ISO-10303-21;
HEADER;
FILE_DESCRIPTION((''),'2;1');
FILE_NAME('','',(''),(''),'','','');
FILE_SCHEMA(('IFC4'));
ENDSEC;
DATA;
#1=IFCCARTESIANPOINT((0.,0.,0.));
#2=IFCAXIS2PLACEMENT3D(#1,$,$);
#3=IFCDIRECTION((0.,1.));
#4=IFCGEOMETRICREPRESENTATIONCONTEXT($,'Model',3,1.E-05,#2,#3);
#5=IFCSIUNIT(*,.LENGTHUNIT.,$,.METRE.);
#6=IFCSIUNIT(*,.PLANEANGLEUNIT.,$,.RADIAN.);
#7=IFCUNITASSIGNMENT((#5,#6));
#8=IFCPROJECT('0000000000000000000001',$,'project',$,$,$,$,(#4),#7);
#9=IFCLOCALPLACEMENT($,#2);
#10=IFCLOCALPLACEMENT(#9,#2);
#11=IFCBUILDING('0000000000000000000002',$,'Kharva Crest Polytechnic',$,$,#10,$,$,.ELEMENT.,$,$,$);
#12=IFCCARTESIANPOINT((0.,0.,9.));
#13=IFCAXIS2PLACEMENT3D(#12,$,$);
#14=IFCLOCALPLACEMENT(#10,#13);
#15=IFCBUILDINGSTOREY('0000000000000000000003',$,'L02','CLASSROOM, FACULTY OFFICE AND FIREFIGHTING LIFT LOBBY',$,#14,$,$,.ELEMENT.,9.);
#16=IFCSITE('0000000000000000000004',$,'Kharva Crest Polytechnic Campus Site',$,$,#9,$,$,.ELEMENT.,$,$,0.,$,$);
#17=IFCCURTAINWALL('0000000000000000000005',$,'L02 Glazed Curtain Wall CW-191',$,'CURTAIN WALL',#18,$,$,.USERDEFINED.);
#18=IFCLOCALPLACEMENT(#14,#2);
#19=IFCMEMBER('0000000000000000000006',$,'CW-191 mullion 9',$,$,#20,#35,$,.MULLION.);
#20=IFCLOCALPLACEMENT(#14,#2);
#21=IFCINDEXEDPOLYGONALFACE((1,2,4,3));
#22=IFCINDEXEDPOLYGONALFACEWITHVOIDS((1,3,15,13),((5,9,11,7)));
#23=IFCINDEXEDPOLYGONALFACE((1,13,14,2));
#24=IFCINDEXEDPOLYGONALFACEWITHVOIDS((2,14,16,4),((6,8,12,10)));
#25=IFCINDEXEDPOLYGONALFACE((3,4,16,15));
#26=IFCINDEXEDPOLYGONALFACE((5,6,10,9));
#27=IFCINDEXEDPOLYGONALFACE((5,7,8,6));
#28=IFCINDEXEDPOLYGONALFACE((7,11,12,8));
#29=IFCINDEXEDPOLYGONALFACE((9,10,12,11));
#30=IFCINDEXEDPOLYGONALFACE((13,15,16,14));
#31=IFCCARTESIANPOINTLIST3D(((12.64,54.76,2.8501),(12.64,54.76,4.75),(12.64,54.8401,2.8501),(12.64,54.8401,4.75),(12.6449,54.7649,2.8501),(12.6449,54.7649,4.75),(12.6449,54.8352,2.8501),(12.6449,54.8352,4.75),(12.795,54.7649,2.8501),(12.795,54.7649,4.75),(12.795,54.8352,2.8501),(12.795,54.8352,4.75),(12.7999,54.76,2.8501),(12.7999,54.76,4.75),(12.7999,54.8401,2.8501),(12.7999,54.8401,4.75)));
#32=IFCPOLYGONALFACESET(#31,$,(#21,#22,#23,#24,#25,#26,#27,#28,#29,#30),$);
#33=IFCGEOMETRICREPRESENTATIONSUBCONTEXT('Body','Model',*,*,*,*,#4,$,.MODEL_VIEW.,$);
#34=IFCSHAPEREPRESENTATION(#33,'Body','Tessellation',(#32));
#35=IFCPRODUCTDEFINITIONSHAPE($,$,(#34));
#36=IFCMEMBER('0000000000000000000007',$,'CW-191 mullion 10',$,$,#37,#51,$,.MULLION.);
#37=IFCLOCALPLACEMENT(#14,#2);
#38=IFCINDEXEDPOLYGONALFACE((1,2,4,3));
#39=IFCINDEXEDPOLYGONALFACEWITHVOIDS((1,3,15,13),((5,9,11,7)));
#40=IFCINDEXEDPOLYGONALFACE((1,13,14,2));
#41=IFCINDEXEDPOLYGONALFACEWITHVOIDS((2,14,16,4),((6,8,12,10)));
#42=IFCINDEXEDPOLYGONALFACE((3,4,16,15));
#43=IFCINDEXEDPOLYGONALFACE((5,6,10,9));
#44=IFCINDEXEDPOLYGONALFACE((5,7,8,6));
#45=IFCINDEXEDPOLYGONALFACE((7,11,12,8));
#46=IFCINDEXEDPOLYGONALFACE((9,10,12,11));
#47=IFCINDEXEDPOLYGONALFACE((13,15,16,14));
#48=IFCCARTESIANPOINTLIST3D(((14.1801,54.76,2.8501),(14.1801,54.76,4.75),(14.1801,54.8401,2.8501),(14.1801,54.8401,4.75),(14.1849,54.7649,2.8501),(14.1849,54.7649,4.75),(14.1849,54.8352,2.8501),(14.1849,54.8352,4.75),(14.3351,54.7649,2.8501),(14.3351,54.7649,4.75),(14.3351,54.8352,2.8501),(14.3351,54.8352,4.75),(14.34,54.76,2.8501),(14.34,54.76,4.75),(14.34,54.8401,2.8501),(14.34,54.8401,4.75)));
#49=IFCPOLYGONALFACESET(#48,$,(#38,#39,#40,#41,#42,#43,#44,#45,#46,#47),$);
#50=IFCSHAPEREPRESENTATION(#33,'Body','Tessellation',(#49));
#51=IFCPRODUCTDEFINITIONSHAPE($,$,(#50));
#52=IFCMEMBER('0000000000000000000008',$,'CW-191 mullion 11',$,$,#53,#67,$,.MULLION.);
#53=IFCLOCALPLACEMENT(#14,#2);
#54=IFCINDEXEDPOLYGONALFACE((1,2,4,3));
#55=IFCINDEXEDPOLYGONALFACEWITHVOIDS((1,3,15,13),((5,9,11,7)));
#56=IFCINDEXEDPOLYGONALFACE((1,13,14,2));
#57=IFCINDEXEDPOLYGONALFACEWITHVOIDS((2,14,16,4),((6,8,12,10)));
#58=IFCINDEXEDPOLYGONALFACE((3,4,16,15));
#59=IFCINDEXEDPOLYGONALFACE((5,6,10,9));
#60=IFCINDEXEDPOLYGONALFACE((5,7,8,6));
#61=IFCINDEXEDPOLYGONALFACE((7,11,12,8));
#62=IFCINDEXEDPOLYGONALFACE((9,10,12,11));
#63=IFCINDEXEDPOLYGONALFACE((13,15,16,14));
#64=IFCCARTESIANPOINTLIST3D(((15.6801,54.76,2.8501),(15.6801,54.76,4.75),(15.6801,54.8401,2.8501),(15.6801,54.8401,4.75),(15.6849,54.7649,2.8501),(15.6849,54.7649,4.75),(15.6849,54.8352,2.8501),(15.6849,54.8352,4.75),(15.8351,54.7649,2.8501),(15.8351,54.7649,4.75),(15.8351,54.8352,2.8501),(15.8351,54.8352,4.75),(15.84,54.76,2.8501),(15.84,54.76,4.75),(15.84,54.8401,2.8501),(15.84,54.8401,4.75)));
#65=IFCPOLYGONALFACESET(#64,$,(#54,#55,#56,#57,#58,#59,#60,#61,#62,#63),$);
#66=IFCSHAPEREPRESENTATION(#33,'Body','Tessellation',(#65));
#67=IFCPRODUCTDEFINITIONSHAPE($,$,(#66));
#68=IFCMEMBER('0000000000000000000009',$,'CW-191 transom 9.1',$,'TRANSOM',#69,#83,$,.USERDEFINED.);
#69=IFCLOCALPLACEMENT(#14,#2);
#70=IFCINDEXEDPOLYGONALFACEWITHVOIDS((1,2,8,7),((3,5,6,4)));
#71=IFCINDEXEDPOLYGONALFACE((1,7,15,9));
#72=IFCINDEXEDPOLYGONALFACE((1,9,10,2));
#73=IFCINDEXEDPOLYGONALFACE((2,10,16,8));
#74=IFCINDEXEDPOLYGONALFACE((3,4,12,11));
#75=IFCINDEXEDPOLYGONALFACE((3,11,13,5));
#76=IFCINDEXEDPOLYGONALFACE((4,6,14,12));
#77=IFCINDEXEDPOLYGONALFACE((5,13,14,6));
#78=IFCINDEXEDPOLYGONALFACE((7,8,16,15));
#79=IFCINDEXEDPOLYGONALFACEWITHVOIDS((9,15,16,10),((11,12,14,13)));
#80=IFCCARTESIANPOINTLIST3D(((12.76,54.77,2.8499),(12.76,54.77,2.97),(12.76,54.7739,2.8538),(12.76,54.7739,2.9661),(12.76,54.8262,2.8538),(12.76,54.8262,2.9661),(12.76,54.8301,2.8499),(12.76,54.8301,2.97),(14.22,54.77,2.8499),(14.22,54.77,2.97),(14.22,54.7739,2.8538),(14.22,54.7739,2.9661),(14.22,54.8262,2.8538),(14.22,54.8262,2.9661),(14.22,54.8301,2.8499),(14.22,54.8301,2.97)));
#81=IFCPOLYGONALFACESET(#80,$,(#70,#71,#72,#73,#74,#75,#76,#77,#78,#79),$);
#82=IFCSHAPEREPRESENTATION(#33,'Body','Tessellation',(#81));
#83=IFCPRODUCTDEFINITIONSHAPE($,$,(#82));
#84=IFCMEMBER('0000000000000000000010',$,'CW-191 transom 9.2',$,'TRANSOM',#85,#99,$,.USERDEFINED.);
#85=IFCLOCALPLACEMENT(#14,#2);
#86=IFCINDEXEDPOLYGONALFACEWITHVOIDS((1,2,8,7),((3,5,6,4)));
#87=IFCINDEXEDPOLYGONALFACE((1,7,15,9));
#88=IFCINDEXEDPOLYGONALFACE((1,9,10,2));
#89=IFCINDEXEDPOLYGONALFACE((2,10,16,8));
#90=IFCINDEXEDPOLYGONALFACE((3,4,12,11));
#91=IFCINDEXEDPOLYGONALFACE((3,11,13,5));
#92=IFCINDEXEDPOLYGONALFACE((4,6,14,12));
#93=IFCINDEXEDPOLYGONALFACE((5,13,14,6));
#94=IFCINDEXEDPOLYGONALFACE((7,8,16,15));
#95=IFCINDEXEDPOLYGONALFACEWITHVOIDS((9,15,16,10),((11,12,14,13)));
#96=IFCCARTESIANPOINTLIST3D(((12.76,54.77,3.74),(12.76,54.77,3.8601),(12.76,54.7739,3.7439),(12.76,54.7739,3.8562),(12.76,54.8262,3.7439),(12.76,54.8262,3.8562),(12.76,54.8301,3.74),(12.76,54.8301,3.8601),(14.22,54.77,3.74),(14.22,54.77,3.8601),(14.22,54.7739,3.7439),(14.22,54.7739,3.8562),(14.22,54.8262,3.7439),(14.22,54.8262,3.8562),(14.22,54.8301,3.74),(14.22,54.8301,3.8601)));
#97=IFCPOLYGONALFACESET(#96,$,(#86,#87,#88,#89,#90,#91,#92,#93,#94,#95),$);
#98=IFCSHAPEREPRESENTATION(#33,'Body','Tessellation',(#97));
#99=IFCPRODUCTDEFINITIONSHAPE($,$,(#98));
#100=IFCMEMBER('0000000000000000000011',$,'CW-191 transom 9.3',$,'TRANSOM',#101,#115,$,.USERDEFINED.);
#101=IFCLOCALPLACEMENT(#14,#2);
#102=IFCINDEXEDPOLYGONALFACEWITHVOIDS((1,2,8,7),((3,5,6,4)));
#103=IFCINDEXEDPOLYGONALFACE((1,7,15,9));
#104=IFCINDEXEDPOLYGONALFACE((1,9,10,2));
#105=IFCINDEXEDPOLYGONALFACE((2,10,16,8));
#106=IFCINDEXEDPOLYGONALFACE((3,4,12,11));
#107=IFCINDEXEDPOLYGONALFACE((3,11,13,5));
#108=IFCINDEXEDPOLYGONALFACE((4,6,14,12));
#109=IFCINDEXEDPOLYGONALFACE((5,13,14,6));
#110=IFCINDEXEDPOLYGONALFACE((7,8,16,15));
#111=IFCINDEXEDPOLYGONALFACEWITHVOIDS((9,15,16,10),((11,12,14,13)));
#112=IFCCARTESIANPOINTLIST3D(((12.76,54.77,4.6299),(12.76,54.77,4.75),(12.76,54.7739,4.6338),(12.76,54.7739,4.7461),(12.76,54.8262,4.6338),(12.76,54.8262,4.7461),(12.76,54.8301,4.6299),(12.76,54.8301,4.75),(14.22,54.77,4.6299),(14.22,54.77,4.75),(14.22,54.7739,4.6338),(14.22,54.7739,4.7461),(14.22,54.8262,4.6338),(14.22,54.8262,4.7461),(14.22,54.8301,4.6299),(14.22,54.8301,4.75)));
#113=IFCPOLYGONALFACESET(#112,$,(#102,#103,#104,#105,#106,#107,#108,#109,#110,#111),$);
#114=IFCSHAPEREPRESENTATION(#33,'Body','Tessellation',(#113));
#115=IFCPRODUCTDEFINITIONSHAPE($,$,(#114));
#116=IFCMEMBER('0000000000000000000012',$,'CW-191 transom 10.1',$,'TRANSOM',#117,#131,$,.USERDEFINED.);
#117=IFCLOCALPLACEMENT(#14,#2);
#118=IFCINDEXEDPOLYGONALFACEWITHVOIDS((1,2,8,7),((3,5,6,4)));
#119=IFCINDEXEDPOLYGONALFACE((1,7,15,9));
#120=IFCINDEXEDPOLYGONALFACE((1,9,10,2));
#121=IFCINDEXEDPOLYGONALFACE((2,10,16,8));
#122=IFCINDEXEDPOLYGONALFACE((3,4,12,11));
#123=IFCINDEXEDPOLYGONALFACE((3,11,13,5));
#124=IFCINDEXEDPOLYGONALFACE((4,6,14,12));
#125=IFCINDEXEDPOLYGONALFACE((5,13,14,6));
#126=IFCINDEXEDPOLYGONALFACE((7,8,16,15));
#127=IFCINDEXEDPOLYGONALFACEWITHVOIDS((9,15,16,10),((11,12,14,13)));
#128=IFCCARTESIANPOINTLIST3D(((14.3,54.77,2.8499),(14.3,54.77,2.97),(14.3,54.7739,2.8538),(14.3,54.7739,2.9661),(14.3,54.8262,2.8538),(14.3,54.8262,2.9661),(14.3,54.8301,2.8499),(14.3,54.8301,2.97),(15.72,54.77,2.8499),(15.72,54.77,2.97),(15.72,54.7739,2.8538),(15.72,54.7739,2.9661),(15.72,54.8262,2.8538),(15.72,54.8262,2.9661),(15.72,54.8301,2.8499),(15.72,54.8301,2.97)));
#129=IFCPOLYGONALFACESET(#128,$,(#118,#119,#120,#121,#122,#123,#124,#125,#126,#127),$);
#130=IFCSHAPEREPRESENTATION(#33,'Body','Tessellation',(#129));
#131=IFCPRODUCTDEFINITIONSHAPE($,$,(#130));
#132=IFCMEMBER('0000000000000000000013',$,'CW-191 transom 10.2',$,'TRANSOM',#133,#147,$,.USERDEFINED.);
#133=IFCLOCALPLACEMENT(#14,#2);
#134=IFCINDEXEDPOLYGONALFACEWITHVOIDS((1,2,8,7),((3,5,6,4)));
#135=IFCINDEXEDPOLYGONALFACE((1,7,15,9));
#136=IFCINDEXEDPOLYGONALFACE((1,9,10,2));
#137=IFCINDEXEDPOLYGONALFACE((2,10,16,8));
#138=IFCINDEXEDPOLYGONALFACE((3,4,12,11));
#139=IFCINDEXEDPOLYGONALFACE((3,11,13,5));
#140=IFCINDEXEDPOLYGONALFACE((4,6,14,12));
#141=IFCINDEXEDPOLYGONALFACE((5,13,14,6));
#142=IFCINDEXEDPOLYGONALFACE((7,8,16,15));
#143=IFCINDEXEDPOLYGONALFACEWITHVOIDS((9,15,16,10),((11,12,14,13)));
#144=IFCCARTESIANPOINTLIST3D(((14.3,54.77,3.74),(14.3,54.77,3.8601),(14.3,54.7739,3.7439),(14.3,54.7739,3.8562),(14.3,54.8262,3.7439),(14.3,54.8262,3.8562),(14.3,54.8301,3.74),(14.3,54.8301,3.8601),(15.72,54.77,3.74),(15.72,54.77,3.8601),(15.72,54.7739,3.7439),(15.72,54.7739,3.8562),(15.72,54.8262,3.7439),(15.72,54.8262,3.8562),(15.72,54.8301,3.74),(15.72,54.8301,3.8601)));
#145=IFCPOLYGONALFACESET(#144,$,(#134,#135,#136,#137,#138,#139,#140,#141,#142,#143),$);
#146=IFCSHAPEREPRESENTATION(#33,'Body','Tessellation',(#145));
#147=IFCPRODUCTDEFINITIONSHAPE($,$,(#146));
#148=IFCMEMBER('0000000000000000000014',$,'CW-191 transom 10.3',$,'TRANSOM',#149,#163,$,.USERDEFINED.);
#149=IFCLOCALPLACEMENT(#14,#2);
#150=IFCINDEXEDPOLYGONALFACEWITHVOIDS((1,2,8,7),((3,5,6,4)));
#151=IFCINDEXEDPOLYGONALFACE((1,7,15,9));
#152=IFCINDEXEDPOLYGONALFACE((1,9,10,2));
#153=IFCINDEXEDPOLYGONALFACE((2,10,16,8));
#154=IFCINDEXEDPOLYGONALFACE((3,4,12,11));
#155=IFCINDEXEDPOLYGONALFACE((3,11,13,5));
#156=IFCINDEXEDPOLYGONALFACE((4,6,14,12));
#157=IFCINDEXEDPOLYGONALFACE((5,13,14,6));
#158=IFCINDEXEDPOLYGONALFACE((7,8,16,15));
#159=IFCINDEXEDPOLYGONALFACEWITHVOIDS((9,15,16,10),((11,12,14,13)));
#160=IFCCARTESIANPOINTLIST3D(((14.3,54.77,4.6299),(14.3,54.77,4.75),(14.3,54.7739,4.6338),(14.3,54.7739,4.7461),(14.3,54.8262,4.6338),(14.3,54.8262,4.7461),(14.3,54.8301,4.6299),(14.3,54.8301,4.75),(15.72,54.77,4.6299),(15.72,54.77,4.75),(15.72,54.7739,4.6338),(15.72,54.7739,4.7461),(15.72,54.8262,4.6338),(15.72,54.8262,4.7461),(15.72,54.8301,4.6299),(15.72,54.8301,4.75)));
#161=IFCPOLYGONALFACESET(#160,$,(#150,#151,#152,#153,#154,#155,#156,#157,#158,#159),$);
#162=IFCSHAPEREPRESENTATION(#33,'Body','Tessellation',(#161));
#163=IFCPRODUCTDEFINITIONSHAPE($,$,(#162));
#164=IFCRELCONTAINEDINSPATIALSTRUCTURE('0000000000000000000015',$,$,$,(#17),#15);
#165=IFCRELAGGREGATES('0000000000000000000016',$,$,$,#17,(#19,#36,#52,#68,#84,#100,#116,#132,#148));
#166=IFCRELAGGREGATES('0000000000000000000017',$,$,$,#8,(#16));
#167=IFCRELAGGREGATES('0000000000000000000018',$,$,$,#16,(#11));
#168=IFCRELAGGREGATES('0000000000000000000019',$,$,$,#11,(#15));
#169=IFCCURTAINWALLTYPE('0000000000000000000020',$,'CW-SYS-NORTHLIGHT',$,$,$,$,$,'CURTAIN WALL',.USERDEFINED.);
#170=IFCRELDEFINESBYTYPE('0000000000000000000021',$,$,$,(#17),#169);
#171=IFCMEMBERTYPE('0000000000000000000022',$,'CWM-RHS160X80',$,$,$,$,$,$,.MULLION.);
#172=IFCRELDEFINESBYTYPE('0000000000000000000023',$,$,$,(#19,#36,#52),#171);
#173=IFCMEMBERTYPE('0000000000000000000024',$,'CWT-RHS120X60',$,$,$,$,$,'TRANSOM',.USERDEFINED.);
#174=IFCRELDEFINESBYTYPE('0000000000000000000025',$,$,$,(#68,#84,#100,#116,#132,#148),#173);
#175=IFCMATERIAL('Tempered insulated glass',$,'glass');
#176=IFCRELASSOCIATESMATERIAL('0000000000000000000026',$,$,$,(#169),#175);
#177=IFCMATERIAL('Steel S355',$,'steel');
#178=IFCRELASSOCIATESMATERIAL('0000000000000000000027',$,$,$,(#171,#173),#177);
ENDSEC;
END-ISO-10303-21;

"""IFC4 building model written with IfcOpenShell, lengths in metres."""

from ifc_helpers import new_model, si_unit, direction, frame, origin, origin_2d, place, context, subcontext, project, spatial, hollow_rectangle, extrude, material, material_profile, profile_set, type_object, element, aggregate, save


model = new_model("IFC4")

# Units and contexts
model_context = context("Model", 3, precision=1e-05, world=origin(), true_north=direction((0.0, 1.0)))
body_context = subcontext(model_context, "Body", "Model", "MODEL_VIEW")
ifc_project = project(units=[si_unit("LENGTHUNIT", "METRE"), si_unit("PLANEANGLEUNIT", "RADIAN")], contexts=[model_context])

# Site, building, storey
site_placement = place(None, origin())
site = spatial("IfcSite", under=ifc_project, at=site_placement, Name="Kharva Crest Polytechnic Campus Site", CompositionType="ELEMENT", RefElevation=0.0)
building_placement = place(site_placement, origin())
building = spatial("IfcBuilding", under=site, at=building_placement, Name="Kharva Crest Polytechnic", CompositionType="ELEMENT")
storey_placement = place(building_placement, frame((0.0, 0.0, 9.0)))
storey = spatial("IfcBuildingStorey", under=building, at=storey_placement, Name="L02", Description="CLASSROOM, FACULTY OFFICE AND FIREFIGHTING LIFT LOBBY", CompositionType="ELEMENT", Elevation=9.0)

# Curtain wall, members
ifc_material_1 = material(Name="Tempered insulated glass", Category="glass")
curtain_wall_type = type_object("IfcCurtainWallType", Name="CW-SYS-NORTHLIGHT", ElementType="CURTAIN WALL", PredefinedType="USERDEFINED", material=ifc_material_1)
curtain_wall_placement = place(storey_placement, origin())
curtain_wall = element("IfcCurtainWall", 1, at=curtain_wall_placement, inside=storey, type_object=curtain_wall_type, Name="L02 Glazed Curtain Wall CW-191", ObjectType="CURTAIN WALL", PredefinedType="USERDEFINED")
ifc_material_2 = material(Name="Steel S355", Category="steel")
ifc_material_profile_1 = material_profile(ifc_material_2, hollow_rectangle(XDim=0.0801, YDim=0.1599, WallThickness=0.0049, at=origin_2d()), Name="RHS 160X80X5.0")
ifc_profile_set_1 = profile_set([ifc_material_profile_1], Name="Steel S355")
member_type_1 = type_object("IfcMemberType", Name="CWM-RHS160X80", PredefinedType="MULLION", material=ifc_profile_set_1)
member_1_placement = place(storey_placement, frame((12.72, 54.8, 2.8501), z_axis=(0.0, 0.0, 1.0), x_axis=(0.0, 1.0, 0.0)))
member_1 = element("IfcMember", 2, at=member_1_placement, type_object=member_type_1, Name="CW-191 mullion 9", PredefinedType="MULLION", context=body_context, shape_type="SweptSolid", body=[
    extrude(hollow_rectangle(XDim=0.0801, YDim=0.1599, WallThickness=0.0049, at=origin_2d()), origin(), (0.0, 0.0, 1.0), 1.8999),
])
member_2_placement = place(storey_placement, frame((14.26, 54.8, 2.8501), z_axis=(0.0, 0.0, 1.0), x_axis=(0.0, 1.0, 0.0)))
member_2 = element("IfcMember", 3, at=member_2_placement, type_object=member_type_1, Name="CW-191 mullion 10", PredefinedType="MULLION", context=body_context, shape_type="SweptSolid", body=[
    extrude(hollow_rectangle(XDim=0.0801, YDim=0.1599, WallThickness=0.0049, at=origin_2d()), origin(), (0.0, 0.0, 1.0), 1.8999),
])
member_3_placement = place(storey_placement, frame((15.76, 54.8, 2.8501), z_axis=(0.0, 0.0, 1.0), x_axis=(0.0, 1.0, 0.0)))
member_3 = element("IfcMember", 4, at=member_3_placement, type_object=member_type_1, Name="CW-191 mullion 11", PredefinedType="MULLION", context=body_context, shape_type="SweptSolid", body=[
    extrude(hollow_rectangle(XDim=0.0801, YDim=0.1599, WallThickness=0.0049, at=origin_2d()), origin(), (0.0, 0.0, 1.0), 1.8999),
])
ifc_material_profile_2 = material_profile(ifc_material_2, hollow_rectangle(XDim=0.0601, YDim=0.1201, WallThickness=0.0039, at=origin_2d()), Name="RHS 120X60X4.0")
ifc_profile_set_2 = profile_set([ifc_material_profile_2], Name="Steel S355")
member_type_2 = type_object("IfcMemberType", Name="CWT-RHS120X60", ElementType="TRANSOM", PredefinedType="USERDEFINED", material=ifc_profile_set_2)
member_4_placement = place(storey_placement, frame((12.76, 54.8, 2.9099), z_axis=(1.0, 0.0, 0.0), x_axis=(0.0, 1.0, 0.0)))
member_4 = element("IfcMember", 5, at=member_4_placement, type_object=member_type_2, Name="CW-191 transom 9.1", ObjectType="TRANSOM", PredefinedType="USERDEFINED", context=body_context, shape_type="SweptSolid", body=[
    extrude(hollow_rectangle(XDim=0.0601, YDim=0.1201, WallThickness=0.0039, at=origin_2d()), origin(), (0.0, 0.0, 1.0), 1.46),
])
member_5_placement = place(storey_placement, frame((12.76, 54.8, 3.8), z_axis=(1.0, 0.0, 0.0), x_axis=(0.0, 1.0, 0.0)))
member_5 = element("IfcMember", 6, at=member_5_placement, type_object=member_type_2, Name="CW-191 transom 9.2", ObjectType="TRANSOM", PredefinedType="USERDEFINED", context=body_context, shape_type="SweptSolid", body=[
    extrude(hollow_rectangle(XDim=0.0601, YDim=0.1201, WallThickness=0.0039, at=origin_2d()), origin(), (0.0, 0.0, 1.0), 1.46),
])
member_6_placement = place(storey_placement, frame((12.76, 54.8, 4.6899), z_axis=(1.0, 0.0, 0.0), x_axis=(0.0, 1.0, 0.0)))
member_6 = element("IfcMember", 7, at=member_6_placement, type_object=member_type_2, Name="CW-191 transom 9.3", ObjectType="TRANSOM", PredefinedType="USERDEFINED", context=body_context, shape_type="SweptSolid", body=[
    extrude(hollow_rectangle(XDim=0.0601, YDim=0.1201, WallThickness=0.0039, at=origin_2d()), origin(), (0.0, 0.0, 1.0), 1.46),
])
member_7_placement = place(storey_placement, frame((14.3, 54.8, 2.9099), z_axis=(1.0, 0.0, 0.0), x_axis=(0.0, 1.0, 0.0)))
member_7 = element("IfcMember", 8, at=member_7_placement, type_object=member_type_2, Name="CW-191 transom 10.1", ObjectType="TRANSOM", PredefinedType="USERDEFINED", context=body_context, shape_type="SweptSolid", body=[
    extrude(hollow_rectangle(XDim=0.0601, YDim=0.1201, WallThickness=0.0039, at=origin_2d()), origin(), (0.0, 0.0, 1.0), 1.4199),
])
member_8_placement = place(storey_placement, frame((14.3, 54.8, 3.8), z_axis=(1.0, 0.0, 0.0), x_axis=(0.0, 1.0, 0.0)))
member_8 = element("IfcMember", 9, at=member_8_placement, type_object=member_type_2, Name="CW-191 transom 10.2", ObjectType="TRANSOM", PredefinedType="USERDEFINED", context=body_context, shape_type="SweptSolid", body=[
    extrude(hollow_rectangle(XDim=0.0601, YDim=0.1201, WallThickness=0.0039, at=origin_2d()), origin(), (0.0, 0.0, 1.0), 1.4199),
])
member_9_placement = place(storey_placement, frame((14.3, 54.8, 4.6899), z_axis=(1.0, 0.0, 0.0), x_axis=(0.0, 1.0, 0.0)))
member_9 = element("IfcMember", 10, at=member_9_placement, type_object=member_type_2, Name="CW-191 transom 10.3", ObjectType="TRANSOM", PredefinedType="USERDEFINED", context=body_context, shape_type="SweptSolid", body=[
    extrude(hollow_rectangle(XDim=0.0601, YDim=0.1201, WallThickness=0.0039, at=origin_2d()), origin(), (0.0, 0.0, 1.0), 1.4199),
])

aggregate(curtain_wall, [member_1, member_2, member_3, member_4, member_5, member_6, member_7, member_8, member_9])

save(model, "model.ifc")
